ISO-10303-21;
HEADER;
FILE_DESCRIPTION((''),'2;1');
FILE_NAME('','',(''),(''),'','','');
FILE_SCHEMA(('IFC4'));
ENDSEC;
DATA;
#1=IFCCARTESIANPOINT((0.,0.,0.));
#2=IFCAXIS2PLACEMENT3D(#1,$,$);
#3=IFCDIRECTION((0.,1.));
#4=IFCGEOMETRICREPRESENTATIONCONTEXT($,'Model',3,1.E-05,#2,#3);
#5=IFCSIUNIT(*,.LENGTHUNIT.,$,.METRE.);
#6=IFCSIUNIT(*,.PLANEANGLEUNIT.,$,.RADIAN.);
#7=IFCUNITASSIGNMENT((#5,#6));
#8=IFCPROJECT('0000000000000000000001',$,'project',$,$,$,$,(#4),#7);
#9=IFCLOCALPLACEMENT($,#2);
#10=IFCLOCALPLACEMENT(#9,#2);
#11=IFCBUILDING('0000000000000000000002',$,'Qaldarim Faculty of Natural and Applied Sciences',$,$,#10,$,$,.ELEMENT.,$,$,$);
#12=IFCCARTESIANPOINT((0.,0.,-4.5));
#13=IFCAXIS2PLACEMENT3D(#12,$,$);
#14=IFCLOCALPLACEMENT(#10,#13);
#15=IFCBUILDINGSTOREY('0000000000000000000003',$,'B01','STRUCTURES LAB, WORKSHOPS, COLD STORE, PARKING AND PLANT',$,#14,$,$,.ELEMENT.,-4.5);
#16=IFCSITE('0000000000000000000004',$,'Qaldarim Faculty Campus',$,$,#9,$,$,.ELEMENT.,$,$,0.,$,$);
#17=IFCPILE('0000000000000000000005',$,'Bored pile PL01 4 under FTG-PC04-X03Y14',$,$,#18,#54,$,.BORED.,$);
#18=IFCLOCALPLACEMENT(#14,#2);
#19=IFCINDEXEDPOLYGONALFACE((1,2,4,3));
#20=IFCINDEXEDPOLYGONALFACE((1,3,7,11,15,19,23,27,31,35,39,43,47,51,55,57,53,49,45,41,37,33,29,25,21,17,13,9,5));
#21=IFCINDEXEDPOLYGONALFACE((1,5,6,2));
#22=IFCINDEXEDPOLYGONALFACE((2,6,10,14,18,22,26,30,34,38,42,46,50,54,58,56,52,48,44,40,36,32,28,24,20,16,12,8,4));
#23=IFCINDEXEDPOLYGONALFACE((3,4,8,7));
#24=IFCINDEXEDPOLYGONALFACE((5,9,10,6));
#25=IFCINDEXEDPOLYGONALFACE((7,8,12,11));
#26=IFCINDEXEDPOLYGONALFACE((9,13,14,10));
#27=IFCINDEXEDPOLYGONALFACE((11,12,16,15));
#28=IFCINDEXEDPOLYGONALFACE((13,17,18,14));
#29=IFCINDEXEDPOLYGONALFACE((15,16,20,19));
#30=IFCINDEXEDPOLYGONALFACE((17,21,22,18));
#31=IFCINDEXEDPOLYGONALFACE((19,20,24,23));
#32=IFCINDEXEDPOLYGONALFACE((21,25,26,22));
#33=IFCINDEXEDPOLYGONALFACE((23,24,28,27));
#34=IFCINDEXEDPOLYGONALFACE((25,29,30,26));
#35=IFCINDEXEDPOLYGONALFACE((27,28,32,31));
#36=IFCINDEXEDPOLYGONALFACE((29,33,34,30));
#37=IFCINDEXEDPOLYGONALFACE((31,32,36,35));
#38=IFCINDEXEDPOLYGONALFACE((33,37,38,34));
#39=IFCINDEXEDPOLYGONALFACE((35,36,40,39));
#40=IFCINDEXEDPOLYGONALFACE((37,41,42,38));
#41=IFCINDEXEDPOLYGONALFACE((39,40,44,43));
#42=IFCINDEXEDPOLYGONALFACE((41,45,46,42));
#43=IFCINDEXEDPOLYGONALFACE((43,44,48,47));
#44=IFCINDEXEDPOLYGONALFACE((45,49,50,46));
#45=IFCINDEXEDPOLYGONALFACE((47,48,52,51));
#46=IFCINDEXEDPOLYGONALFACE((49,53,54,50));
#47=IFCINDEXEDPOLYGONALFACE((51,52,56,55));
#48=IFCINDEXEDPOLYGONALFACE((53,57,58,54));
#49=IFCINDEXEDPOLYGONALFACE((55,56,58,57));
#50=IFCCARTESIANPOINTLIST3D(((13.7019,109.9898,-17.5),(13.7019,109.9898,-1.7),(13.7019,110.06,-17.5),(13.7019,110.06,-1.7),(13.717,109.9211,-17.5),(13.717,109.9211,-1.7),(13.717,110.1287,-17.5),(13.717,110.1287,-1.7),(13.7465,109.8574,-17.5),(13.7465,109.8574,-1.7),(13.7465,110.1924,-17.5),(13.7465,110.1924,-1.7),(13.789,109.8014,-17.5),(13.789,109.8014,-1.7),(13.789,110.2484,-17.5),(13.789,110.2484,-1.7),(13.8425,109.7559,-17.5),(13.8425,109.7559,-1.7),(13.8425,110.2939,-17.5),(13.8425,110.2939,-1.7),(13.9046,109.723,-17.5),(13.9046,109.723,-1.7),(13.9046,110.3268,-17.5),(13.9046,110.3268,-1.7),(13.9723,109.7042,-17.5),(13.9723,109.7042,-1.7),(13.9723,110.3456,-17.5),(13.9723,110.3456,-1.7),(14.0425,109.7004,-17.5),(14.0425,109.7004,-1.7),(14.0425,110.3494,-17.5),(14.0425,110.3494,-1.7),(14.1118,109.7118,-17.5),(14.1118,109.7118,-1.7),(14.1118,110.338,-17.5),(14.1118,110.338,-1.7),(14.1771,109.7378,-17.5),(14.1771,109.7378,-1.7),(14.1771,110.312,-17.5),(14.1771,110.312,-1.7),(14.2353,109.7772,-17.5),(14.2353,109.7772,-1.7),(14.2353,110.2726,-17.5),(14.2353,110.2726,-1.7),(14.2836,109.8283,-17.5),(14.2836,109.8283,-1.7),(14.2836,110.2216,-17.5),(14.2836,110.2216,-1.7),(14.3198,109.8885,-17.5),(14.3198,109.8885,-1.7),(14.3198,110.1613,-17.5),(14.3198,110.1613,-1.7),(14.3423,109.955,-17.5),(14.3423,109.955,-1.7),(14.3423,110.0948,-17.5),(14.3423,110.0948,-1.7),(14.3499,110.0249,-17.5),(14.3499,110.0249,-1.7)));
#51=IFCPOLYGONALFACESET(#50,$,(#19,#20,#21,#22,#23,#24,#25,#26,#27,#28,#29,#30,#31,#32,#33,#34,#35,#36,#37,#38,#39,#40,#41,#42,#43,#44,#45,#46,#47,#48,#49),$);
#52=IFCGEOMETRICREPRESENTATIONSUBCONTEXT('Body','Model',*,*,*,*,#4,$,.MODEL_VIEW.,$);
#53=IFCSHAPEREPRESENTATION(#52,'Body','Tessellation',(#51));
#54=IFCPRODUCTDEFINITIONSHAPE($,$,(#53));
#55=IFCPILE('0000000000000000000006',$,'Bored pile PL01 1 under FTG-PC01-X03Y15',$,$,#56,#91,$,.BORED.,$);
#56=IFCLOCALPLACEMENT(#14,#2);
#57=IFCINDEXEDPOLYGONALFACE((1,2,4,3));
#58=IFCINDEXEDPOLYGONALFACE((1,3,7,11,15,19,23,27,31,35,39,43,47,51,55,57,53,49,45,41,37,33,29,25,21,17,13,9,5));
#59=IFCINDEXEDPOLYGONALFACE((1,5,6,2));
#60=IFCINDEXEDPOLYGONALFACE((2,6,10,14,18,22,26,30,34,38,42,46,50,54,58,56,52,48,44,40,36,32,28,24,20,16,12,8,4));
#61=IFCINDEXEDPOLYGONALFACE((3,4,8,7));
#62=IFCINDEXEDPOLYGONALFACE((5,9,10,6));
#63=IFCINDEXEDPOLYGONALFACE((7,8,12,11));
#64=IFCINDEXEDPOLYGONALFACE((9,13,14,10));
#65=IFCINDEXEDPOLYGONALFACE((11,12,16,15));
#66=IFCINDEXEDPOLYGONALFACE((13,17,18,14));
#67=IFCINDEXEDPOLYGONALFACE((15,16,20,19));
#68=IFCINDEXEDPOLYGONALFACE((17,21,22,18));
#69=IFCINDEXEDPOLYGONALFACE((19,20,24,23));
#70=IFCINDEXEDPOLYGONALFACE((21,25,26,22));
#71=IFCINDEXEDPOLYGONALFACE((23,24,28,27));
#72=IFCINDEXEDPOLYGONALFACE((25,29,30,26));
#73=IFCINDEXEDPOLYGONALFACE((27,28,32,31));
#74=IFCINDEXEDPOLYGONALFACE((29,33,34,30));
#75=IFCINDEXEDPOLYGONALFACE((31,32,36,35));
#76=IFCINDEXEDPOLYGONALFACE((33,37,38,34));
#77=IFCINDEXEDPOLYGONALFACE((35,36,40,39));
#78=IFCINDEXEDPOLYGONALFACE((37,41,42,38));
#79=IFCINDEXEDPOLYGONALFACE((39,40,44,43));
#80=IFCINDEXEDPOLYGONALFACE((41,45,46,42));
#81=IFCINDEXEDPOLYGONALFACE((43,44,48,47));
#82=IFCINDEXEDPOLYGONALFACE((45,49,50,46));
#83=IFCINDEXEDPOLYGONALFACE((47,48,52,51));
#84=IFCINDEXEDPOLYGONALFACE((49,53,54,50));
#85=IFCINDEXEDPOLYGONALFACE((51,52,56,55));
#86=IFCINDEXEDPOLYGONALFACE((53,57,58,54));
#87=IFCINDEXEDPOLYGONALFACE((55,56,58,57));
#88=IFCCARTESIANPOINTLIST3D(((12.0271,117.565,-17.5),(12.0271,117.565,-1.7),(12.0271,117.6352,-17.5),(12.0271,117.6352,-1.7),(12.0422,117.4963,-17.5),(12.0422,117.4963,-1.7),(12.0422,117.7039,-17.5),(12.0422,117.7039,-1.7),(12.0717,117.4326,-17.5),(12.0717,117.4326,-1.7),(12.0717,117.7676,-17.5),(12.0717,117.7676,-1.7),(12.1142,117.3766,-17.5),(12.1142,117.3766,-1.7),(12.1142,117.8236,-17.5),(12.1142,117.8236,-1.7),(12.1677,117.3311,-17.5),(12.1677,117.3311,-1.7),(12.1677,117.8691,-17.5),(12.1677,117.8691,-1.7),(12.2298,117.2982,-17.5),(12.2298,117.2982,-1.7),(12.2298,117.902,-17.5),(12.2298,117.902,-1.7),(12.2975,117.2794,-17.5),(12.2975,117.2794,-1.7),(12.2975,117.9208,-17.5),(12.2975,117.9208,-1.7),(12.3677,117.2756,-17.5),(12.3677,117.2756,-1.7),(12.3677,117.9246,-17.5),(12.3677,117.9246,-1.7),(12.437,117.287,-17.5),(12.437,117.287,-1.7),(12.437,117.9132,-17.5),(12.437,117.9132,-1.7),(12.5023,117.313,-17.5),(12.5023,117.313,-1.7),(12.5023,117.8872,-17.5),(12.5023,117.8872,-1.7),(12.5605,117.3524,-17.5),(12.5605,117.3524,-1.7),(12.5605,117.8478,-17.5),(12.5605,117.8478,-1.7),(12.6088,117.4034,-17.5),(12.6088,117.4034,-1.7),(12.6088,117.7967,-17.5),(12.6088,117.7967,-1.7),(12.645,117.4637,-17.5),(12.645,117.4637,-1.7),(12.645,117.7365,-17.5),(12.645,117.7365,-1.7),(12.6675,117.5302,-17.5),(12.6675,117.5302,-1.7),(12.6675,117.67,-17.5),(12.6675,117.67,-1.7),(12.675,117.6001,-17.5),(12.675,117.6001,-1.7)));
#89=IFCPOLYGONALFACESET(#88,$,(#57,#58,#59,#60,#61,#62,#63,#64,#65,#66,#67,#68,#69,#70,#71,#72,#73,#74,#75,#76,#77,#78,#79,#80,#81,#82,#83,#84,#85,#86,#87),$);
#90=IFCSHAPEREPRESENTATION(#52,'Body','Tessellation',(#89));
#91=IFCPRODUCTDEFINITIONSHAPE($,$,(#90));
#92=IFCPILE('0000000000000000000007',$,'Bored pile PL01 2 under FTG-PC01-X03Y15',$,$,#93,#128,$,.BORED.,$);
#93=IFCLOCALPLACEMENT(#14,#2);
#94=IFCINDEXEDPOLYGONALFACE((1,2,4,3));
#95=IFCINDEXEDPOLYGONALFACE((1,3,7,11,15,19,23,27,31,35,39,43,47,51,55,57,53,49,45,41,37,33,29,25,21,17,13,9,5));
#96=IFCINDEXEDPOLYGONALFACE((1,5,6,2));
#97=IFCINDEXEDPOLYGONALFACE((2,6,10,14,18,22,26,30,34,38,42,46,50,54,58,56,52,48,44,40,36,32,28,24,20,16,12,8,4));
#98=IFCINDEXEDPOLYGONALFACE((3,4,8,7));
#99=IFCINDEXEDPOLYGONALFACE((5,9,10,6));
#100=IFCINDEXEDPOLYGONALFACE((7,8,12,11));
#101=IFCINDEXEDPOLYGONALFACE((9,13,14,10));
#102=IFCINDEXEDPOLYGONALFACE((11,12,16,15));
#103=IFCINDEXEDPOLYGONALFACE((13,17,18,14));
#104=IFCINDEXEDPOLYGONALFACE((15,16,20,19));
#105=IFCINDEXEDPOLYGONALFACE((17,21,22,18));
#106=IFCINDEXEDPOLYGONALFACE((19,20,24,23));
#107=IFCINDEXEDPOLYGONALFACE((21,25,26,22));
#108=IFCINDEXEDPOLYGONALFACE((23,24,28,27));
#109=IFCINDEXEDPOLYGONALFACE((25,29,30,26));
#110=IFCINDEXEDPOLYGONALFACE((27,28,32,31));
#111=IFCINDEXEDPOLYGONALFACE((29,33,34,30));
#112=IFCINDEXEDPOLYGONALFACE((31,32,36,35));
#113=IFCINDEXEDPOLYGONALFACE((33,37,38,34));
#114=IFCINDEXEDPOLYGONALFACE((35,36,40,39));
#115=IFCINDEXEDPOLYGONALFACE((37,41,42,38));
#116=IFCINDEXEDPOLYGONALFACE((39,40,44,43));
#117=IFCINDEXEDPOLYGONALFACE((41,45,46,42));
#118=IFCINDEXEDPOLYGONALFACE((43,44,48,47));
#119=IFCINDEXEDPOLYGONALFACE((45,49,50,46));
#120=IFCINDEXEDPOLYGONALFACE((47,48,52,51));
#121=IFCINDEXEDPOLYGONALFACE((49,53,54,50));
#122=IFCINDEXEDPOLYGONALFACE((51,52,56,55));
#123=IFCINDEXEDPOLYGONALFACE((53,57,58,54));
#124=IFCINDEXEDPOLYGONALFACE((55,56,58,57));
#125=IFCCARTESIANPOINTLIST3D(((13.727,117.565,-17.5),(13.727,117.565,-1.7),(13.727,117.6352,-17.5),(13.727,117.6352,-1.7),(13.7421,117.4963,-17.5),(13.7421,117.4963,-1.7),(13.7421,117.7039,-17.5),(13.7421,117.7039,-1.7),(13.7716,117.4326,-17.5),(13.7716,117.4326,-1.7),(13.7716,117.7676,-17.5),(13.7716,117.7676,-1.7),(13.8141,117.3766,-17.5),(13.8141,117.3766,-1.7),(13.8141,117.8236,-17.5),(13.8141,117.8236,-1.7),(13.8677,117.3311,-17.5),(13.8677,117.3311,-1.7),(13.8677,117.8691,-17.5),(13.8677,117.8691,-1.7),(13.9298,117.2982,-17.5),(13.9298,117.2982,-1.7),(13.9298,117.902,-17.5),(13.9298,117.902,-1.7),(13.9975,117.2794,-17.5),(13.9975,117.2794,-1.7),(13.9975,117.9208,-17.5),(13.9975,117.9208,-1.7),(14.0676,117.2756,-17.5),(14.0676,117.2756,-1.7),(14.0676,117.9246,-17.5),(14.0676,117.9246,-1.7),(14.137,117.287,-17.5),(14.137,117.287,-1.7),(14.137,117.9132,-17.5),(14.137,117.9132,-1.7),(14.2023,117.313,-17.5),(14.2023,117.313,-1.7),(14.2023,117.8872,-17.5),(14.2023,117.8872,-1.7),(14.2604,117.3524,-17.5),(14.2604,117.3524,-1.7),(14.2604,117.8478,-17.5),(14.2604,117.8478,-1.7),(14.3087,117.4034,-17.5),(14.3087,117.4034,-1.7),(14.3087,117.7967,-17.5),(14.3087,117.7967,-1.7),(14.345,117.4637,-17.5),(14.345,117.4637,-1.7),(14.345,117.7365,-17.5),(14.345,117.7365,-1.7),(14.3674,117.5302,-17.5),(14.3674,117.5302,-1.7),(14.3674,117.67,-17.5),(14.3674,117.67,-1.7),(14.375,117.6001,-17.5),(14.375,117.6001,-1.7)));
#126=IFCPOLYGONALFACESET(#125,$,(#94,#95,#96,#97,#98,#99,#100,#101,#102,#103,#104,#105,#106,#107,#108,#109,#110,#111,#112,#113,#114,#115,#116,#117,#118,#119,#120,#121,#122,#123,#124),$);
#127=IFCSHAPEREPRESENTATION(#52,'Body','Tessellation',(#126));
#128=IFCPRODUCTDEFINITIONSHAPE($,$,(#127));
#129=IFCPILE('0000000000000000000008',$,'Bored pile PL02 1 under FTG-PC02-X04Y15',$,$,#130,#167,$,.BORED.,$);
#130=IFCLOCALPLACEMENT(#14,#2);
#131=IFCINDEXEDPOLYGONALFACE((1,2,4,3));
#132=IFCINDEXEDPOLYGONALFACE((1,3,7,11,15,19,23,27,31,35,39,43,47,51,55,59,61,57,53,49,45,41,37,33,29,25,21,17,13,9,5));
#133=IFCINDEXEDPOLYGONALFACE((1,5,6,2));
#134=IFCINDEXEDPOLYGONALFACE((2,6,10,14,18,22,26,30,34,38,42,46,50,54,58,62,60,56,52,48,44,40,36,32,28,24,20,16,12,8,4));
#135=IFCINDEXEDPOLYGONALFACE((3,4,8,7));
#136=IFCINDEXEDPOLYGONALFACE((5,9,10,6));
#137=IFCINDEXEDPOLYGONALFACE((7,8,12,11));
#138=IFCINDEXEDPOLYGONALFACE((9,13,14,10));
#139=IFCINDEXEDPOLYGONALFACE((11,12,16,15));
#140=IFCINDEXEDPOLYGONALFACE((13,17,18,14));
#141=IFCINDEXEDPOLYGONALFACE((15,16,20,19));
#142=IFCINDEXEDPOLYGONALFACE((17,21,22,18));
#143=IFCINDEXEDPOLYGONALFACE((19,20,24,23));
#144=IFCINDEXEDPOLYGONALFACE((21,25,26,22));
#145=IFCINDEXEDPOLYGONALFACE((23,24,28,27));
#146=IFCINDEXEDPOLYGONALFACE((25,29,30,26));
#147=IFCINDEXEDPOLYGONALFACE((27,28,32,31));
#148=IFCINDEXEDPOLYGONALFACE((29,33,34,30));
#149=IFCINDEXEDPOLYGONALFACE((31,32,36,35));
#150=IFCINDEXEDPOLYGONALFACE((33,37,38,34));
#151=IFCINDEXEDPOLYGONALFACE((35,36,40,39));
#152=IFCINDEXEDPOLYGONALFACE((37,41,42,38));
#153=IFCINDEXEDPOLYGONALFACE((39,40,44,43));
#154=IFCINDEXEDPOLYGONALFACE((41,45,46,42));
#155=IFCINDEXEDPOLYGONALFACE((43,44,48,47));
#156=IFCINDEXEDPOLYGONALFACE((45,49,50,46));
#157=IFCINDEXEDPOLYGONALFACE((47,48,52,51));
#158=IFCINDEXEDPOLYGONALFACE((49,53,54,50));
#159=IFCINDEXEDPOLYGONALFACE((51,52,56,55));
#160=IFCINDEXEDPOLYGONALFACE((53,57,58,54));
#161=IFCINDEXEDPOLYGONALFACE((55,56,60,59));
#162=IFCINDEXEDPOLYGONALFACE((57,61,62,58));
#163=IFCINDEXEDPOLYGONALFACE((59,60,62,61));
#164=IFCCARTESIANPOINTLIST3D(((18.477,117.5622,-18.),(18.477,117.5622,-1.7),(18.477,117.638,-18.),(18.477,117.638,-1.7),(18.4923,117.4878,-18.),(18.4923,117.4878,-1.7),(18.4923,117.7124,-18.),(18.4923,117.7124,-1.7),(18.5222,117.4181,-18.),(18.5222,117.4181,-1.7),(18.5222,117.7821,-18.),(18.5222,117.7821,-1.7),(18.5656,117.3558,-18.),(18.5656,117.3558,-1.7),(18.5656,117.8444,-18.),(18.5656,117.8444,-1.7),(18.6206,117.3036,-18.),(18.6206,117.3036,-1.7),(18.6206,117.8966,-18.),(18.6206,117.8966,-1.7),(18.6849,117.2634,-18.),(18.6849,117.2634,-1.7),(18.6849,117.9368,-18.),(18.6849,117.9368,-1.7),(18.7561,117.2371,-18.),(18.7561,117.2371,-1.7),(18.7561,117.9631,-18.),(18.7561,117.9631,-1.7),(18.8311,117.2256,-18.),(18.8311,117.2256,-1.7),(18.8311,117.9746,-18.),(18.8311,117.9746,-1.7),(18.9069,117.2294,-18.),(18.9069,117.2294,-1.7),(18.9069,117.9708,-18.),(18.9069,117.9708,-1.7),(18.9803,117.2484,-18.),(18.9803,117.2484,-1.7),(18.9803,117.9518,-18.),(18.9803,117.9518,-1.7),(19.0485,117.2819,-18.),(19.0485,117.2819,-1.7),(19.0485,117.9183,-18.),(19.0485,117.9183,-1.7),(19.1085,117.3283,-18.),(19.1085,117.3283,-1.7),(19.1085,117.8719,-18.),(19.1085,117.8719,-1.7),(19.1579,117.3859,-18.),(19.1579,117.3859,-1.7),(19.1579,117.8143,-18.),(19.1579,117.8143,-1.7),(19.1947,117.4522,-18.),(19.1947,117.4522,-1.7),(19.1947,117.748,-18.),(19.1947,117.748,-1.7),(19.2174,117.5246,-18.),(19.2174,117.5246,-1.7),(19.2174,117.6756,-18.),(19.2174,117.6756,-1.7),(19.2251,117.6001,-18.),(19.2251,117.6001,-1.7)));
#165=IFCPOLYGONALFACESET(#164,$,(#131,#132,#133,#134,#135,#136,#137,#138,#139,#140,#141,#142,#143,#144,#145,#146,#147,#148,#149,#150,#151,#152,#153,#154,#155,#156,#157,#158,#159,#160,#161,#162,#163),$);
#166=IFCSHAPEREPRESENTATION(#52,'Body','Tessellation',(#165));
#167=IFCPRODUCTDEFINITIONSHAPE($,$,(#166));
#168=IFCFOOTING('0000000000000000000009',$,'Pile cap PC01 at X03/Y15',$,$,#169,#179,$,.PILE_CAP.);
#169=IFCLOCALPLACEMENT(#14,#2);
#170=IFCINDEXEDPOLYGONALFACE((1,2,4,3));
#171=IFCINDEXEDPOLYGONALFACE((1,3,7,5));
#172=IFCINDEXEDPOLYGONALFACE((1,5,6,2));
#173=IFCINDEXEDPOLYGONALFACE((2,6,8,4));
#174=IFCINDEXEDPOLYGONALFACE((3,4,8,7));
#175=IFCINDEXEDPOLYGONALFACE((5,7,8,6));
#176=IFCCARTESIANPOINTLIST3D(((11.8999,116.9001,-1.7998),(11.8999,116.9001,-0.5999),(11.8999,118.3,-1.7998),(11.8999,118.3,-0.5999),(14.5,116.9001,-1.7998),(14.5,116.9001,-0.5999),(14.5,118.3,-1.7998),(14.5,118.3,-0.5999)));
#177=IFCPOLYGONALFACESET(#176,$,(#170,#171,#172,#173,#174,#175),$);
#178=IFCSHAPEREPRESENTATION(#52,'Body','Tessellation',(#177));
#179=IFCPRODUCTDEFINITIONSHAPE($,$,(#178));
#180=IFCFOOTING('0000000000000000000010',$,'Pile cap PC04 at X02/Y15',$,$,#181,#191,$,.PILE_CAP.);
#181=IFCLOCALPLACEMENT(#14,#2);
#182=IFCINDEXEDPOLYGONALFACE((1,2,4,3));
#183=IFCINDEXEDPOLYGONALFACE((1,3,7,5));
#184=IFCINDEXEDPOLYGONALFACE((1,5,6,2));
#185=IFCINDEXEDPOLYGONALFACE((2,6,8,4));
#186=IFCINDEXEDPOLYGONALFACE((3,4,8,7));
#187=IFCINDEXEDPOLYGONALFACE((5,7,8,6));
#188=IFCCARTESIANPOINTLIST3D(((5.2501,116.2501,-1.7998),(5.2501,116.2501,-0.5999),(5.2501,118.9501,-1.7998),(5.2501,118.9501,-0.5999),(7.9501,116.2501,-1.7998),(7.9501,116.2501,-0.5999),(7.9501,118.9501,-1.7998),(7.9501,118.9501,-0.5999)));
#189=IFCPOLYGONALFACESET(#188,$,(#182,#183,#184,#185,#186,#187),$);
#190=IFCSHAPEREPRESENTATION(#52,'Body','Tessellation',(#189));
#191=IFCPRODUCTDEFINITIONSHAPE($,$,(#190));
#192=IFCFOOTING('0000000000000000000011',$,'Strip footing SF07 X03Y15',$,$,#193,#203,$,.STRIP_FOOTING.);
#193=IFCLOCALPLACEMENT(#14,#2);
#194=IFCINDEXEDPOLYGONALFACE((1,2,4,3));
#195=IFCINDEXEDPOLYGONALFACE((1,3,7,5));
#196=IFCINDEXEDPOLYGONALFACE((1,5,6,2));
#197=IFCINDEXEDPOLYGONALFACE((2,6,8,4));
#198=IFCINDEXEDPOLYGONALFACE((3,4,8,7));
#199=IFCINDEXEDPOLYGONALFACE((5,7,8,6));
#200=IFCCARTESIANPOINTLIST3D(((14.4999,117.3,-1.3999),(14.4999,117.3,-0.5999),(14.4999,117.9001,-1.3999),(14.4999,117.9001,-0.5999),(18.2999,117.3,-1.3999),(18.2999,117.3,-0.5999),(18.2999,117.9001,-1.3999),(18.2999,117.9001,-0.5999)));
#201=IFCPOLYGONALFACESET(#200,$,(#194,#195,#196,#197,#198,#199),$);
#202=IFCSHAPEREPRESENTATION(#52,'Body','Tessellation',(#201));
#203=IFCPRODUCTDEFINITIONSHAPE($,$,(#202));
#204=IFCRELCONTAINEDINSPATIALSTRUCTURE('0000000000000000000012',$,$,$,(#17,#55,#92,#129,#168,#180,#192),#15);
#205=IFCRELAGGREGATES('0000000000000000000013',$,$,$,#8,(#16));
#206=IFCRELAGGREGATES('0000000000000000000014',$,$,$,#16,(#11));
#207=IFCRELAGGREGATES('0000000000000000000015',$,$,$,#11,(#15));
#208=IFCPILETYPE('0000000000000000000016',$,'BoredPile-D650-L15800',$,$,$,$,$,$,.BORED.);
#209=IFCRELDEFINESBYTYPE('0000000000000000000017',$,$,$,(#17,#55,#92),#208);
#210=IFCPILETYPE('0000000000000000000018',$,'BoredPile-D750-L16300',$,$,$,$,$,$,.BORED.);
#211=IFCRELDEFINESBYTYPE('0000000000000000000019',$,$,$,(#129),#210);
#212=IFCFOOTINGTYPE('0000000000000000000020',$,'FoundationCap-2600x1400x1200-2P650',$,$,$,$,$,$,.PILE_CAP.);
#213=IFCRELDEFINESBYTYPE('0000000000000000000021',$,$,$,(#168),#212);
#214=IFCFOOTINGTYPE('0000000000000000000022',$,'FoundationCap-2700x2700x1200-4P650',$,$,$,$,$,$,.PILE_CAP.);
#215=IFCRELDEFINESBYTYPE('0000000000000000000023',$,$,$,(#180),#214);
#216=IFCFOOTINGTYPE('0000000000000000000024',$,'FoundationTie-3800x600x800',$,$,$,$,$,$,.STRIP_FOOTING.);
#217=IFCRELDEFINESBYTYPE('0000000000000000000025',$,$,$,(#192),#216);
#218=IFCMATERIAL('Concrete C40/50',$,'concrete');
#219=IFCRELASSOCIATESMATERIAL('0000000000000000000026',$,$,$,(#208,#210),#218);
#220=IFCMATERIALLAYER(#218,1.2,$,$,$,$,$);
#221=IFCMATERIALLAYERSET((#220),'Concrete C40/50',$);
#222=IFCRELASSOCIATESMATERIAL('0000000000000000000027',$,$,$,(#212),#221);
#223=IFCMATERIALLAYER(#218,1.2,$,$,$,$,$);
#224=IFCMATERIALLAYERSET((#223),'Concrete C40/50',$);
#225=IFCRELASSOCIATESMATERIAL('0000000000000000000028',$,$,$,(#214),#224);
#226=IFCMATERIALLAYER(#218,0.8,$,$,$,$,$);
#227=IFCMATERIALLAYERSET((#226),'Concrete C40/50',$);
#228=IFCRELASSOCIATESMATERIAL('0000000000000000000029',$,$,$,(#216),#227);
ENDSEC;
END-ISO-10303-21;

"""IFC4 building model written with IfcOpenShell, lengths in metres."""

from ifc_helpers import new_model, si_unit, direction, frame, origin, origin_2d, place, context, subcontext, project, spatial, rectangle, circle, extrude, material, layer, layer_set, material_profile, profile_set, type_object, element, save


model = new_model("IFC4")

# Units and contexts
model_context = context("Model", 3, precision=1e-05, world=origin(), true_north=direction((0.0, 1.0)))
body_context = subcontext(model_context, "Body", "Model", "MODEL_VIEW")
ifc_project = project(units=[si_unit("LENGTHUNIT", "METRE"), si_unit("PLANEANGLEUNIT", "RADIAN")], contexts=[model_context])

# Site, building, storey
site_placement = place(None, origin())
site = spatial("IfcSite", under=ifc_project, at=site_placement, Name="Qaldarim Faculty Campus", CompositionType="ELEMENT", RefElevation=0.0)
building_placement = place(site_placement, origin())
building = spatial("IfcBuilding", under=site, at=building_placement, Name="Qaldarim Faculty of Natural and Applied Sciences", CompositionType="ELEMENT")
storey_placement = place(building_placement, frame((0.0, 0.0, -4.5)))
storey = spatial("IfcBuildingStorey", under=building, at=storey_placement, Name="B01", Description="STRUCTURES LAB, WORKSHOPS, COLD STORE, PARKING AND PLANT", CompositionType="ELEMENT", Elevation=-4.5)

# Piles
ifc_material_1 = material(Name="Concrete C40/50", Category="concrete")
ifc_material_profile_1 = material_profile(ifc_material_1, circle(Radius=0.325, at=origin_2d()), Name="PILE-D650")
ifc_profile_set_1 = profile_set([ifc_material_profile_1], Name="Concrete C40/50")
pile_type_1 = type_object("IfcPileType", Name="BoredPile-D650-L15800", PredefinedType="BORED", material=ifc_profile_set_1)
for number, where, z_axis, x_axis, name in (
    (1, (14.0249, 110.0249, -1.7), (0.0, 0.0, -1.0), (1.0, 0.0, 0.0), "Bored pile PL01 4 under FTG-PC04-X03Y14"),
    (2, (12.3501, 117.6001, -1.7), (0.0, 0.0, -1.0), (1.0, 0.0, 0.0), "Bored pile PL01 1 under FTG-PC01-X03Y15"),
    (3, (14.05, 117.6001, -1.7), (0.0, 0.0, -1.0), (1.0, 0.0, 0.0), "Bored pile PL01 2 under FTG-PC01-X03Y15"),
):
    element("IfcPile", number, at=place(storey_placement, frame(where, z_axis=z_axis, x_axis=x_axis)), inside=storey, type_object=pile_type_1, Name=name, PredefinedType="BORED", context=body_context, shape_type="SweptSolid", body=[
        extrude(circle(Radius=0.325, at=origin_2d()), origin(), (0.0, 0.0, 1.0), 15.8),
    ])
ifc_material_profile_2 = material_profile(ifc_material_1, circle(Radius=0.375, at=origin_2d()), Name="PILE-D750")
ifc_profile_set_2 = profile_set([ifc_material_profile_2], Name="Concrete C40/50")
pile_type_2 = type_object("IfcPileType", Name="BoredPile-D750-L16300", PredefinedType="BORED", material=ifc_profile_set_2)
pile_placement = place(storey_placement, frame((18.8501, 117.6001, -1.7), z_axis=(0.0, 0.0, -1.0), x_axis=(1.0, 0.0, 0.0)))
element("IfcPile", 4, at=pile_placement, inside=storey, type_object=pile_type_2, Name="Bored pile PL02 1 under FTG-PC02-X04Y15", PredefinedType="BORED", context=body_context, shape_type="SweptSolid", body=[
    extrude(circle(Radius=0.375, at=origin_2d()), origin(), (0.0, 0.0, 1.0), 16.3),
])

# Footings
ifc_layer_1 = layer(ifc_material_1, 1.2)
ifc_layer_set_1 = layer_set([ifc_layer_1], Name="Concrete C40/50")
footing_type_1 = type_object("IfcFootingType", Name="FoundationCap-2600x1400x1200-2P650", PredefinedType="PILE_CAP", material=ifc_layer_set_1)
footing_1_placement = place(storey_placement, frame((13.2, 117.6001, -1.7998), z_axis=(0.0, 0.0, 1.0), x_axis=(1.0, 0.0, 0.0)))
element("IfcFooting", 5, at=footing_1_placement, inside=storey, type_object=footing_type_1, Name="Pile cap PC01 at X03/Y15", PredefinedType="PILE_CAP", context=body_context, shape_type="SweptSolid", body=[
    extrude(rectangle(XDim=2.6001, YDim=1.3999, at=origin_2d()), origin(), (0.0, 0.0, 1.0), 1.2),
])
ifc_layer_2 = layer(ifc_material_1, 1.2)
ifc_layer_set_2 = layer_set([ifc_layer_2], Name="Concrete C40/50")
footing_type_2 = type_object("IfcFootingType", Name="FoundationCap-2700x2700x1200-4P650", PredefinedType="PILE_CAP", material=ifc_layer_set_2)
footing_2_placement = place(storey_placement, frame((6.6001, 117.6001, -1.7998), z_axis=(0.0, 0.0, 1.0), x_axis=(1.0, 0.0, 0.0)))
element("IfcFooting", 6, at=footing_2_placement, inside=storey, type_object=footing_type_2, Name="Pile cap PC04 at X02/Y15", PredefinedType="PILE_CAP", context=body_context, shape_type="SweptSolid", body=[
    extrude(rectangle(XDim=2.7, YDim=2.7, at=origin_2d()), origin(), (0.0, 0.0, 1.0), 1.2),
])
ifc_layer_3 = layer(ifc_material_1, 0.8)
ifc_layer_set_3 = layer_set([ifc_layer_3], Name="Concrete C40/50")
footing_type_3 = type_object("IfcFootingType", Name="FoundationTie-3800x600x800", PredefinedType="STRIP_FOOTING", material=ifc_layer_set_3)
footing_3_placement = place(storey_placement, frame((16.3999, 117.6001, -1.3999), z_axis=(0.0, 0.0, 1.0), x_axis=(1.0, 0.0, 0.0)))
element("IfcFooting", 7, at=footing_3_placement, inside=storey, type_object=footing_type_3, Name="Strip footing SF07 X03Y15", PredefinedType="STRIP_FOOTING", context=body_context, shape_type="SweptSolid", body=[
    extrude(rectangle(XDim=3.8, YDim=0.6001, at=origin_2d()), origin(), (0.0, 0.0, 1.0), 0.8),
])

save(model, "model.ifc")
